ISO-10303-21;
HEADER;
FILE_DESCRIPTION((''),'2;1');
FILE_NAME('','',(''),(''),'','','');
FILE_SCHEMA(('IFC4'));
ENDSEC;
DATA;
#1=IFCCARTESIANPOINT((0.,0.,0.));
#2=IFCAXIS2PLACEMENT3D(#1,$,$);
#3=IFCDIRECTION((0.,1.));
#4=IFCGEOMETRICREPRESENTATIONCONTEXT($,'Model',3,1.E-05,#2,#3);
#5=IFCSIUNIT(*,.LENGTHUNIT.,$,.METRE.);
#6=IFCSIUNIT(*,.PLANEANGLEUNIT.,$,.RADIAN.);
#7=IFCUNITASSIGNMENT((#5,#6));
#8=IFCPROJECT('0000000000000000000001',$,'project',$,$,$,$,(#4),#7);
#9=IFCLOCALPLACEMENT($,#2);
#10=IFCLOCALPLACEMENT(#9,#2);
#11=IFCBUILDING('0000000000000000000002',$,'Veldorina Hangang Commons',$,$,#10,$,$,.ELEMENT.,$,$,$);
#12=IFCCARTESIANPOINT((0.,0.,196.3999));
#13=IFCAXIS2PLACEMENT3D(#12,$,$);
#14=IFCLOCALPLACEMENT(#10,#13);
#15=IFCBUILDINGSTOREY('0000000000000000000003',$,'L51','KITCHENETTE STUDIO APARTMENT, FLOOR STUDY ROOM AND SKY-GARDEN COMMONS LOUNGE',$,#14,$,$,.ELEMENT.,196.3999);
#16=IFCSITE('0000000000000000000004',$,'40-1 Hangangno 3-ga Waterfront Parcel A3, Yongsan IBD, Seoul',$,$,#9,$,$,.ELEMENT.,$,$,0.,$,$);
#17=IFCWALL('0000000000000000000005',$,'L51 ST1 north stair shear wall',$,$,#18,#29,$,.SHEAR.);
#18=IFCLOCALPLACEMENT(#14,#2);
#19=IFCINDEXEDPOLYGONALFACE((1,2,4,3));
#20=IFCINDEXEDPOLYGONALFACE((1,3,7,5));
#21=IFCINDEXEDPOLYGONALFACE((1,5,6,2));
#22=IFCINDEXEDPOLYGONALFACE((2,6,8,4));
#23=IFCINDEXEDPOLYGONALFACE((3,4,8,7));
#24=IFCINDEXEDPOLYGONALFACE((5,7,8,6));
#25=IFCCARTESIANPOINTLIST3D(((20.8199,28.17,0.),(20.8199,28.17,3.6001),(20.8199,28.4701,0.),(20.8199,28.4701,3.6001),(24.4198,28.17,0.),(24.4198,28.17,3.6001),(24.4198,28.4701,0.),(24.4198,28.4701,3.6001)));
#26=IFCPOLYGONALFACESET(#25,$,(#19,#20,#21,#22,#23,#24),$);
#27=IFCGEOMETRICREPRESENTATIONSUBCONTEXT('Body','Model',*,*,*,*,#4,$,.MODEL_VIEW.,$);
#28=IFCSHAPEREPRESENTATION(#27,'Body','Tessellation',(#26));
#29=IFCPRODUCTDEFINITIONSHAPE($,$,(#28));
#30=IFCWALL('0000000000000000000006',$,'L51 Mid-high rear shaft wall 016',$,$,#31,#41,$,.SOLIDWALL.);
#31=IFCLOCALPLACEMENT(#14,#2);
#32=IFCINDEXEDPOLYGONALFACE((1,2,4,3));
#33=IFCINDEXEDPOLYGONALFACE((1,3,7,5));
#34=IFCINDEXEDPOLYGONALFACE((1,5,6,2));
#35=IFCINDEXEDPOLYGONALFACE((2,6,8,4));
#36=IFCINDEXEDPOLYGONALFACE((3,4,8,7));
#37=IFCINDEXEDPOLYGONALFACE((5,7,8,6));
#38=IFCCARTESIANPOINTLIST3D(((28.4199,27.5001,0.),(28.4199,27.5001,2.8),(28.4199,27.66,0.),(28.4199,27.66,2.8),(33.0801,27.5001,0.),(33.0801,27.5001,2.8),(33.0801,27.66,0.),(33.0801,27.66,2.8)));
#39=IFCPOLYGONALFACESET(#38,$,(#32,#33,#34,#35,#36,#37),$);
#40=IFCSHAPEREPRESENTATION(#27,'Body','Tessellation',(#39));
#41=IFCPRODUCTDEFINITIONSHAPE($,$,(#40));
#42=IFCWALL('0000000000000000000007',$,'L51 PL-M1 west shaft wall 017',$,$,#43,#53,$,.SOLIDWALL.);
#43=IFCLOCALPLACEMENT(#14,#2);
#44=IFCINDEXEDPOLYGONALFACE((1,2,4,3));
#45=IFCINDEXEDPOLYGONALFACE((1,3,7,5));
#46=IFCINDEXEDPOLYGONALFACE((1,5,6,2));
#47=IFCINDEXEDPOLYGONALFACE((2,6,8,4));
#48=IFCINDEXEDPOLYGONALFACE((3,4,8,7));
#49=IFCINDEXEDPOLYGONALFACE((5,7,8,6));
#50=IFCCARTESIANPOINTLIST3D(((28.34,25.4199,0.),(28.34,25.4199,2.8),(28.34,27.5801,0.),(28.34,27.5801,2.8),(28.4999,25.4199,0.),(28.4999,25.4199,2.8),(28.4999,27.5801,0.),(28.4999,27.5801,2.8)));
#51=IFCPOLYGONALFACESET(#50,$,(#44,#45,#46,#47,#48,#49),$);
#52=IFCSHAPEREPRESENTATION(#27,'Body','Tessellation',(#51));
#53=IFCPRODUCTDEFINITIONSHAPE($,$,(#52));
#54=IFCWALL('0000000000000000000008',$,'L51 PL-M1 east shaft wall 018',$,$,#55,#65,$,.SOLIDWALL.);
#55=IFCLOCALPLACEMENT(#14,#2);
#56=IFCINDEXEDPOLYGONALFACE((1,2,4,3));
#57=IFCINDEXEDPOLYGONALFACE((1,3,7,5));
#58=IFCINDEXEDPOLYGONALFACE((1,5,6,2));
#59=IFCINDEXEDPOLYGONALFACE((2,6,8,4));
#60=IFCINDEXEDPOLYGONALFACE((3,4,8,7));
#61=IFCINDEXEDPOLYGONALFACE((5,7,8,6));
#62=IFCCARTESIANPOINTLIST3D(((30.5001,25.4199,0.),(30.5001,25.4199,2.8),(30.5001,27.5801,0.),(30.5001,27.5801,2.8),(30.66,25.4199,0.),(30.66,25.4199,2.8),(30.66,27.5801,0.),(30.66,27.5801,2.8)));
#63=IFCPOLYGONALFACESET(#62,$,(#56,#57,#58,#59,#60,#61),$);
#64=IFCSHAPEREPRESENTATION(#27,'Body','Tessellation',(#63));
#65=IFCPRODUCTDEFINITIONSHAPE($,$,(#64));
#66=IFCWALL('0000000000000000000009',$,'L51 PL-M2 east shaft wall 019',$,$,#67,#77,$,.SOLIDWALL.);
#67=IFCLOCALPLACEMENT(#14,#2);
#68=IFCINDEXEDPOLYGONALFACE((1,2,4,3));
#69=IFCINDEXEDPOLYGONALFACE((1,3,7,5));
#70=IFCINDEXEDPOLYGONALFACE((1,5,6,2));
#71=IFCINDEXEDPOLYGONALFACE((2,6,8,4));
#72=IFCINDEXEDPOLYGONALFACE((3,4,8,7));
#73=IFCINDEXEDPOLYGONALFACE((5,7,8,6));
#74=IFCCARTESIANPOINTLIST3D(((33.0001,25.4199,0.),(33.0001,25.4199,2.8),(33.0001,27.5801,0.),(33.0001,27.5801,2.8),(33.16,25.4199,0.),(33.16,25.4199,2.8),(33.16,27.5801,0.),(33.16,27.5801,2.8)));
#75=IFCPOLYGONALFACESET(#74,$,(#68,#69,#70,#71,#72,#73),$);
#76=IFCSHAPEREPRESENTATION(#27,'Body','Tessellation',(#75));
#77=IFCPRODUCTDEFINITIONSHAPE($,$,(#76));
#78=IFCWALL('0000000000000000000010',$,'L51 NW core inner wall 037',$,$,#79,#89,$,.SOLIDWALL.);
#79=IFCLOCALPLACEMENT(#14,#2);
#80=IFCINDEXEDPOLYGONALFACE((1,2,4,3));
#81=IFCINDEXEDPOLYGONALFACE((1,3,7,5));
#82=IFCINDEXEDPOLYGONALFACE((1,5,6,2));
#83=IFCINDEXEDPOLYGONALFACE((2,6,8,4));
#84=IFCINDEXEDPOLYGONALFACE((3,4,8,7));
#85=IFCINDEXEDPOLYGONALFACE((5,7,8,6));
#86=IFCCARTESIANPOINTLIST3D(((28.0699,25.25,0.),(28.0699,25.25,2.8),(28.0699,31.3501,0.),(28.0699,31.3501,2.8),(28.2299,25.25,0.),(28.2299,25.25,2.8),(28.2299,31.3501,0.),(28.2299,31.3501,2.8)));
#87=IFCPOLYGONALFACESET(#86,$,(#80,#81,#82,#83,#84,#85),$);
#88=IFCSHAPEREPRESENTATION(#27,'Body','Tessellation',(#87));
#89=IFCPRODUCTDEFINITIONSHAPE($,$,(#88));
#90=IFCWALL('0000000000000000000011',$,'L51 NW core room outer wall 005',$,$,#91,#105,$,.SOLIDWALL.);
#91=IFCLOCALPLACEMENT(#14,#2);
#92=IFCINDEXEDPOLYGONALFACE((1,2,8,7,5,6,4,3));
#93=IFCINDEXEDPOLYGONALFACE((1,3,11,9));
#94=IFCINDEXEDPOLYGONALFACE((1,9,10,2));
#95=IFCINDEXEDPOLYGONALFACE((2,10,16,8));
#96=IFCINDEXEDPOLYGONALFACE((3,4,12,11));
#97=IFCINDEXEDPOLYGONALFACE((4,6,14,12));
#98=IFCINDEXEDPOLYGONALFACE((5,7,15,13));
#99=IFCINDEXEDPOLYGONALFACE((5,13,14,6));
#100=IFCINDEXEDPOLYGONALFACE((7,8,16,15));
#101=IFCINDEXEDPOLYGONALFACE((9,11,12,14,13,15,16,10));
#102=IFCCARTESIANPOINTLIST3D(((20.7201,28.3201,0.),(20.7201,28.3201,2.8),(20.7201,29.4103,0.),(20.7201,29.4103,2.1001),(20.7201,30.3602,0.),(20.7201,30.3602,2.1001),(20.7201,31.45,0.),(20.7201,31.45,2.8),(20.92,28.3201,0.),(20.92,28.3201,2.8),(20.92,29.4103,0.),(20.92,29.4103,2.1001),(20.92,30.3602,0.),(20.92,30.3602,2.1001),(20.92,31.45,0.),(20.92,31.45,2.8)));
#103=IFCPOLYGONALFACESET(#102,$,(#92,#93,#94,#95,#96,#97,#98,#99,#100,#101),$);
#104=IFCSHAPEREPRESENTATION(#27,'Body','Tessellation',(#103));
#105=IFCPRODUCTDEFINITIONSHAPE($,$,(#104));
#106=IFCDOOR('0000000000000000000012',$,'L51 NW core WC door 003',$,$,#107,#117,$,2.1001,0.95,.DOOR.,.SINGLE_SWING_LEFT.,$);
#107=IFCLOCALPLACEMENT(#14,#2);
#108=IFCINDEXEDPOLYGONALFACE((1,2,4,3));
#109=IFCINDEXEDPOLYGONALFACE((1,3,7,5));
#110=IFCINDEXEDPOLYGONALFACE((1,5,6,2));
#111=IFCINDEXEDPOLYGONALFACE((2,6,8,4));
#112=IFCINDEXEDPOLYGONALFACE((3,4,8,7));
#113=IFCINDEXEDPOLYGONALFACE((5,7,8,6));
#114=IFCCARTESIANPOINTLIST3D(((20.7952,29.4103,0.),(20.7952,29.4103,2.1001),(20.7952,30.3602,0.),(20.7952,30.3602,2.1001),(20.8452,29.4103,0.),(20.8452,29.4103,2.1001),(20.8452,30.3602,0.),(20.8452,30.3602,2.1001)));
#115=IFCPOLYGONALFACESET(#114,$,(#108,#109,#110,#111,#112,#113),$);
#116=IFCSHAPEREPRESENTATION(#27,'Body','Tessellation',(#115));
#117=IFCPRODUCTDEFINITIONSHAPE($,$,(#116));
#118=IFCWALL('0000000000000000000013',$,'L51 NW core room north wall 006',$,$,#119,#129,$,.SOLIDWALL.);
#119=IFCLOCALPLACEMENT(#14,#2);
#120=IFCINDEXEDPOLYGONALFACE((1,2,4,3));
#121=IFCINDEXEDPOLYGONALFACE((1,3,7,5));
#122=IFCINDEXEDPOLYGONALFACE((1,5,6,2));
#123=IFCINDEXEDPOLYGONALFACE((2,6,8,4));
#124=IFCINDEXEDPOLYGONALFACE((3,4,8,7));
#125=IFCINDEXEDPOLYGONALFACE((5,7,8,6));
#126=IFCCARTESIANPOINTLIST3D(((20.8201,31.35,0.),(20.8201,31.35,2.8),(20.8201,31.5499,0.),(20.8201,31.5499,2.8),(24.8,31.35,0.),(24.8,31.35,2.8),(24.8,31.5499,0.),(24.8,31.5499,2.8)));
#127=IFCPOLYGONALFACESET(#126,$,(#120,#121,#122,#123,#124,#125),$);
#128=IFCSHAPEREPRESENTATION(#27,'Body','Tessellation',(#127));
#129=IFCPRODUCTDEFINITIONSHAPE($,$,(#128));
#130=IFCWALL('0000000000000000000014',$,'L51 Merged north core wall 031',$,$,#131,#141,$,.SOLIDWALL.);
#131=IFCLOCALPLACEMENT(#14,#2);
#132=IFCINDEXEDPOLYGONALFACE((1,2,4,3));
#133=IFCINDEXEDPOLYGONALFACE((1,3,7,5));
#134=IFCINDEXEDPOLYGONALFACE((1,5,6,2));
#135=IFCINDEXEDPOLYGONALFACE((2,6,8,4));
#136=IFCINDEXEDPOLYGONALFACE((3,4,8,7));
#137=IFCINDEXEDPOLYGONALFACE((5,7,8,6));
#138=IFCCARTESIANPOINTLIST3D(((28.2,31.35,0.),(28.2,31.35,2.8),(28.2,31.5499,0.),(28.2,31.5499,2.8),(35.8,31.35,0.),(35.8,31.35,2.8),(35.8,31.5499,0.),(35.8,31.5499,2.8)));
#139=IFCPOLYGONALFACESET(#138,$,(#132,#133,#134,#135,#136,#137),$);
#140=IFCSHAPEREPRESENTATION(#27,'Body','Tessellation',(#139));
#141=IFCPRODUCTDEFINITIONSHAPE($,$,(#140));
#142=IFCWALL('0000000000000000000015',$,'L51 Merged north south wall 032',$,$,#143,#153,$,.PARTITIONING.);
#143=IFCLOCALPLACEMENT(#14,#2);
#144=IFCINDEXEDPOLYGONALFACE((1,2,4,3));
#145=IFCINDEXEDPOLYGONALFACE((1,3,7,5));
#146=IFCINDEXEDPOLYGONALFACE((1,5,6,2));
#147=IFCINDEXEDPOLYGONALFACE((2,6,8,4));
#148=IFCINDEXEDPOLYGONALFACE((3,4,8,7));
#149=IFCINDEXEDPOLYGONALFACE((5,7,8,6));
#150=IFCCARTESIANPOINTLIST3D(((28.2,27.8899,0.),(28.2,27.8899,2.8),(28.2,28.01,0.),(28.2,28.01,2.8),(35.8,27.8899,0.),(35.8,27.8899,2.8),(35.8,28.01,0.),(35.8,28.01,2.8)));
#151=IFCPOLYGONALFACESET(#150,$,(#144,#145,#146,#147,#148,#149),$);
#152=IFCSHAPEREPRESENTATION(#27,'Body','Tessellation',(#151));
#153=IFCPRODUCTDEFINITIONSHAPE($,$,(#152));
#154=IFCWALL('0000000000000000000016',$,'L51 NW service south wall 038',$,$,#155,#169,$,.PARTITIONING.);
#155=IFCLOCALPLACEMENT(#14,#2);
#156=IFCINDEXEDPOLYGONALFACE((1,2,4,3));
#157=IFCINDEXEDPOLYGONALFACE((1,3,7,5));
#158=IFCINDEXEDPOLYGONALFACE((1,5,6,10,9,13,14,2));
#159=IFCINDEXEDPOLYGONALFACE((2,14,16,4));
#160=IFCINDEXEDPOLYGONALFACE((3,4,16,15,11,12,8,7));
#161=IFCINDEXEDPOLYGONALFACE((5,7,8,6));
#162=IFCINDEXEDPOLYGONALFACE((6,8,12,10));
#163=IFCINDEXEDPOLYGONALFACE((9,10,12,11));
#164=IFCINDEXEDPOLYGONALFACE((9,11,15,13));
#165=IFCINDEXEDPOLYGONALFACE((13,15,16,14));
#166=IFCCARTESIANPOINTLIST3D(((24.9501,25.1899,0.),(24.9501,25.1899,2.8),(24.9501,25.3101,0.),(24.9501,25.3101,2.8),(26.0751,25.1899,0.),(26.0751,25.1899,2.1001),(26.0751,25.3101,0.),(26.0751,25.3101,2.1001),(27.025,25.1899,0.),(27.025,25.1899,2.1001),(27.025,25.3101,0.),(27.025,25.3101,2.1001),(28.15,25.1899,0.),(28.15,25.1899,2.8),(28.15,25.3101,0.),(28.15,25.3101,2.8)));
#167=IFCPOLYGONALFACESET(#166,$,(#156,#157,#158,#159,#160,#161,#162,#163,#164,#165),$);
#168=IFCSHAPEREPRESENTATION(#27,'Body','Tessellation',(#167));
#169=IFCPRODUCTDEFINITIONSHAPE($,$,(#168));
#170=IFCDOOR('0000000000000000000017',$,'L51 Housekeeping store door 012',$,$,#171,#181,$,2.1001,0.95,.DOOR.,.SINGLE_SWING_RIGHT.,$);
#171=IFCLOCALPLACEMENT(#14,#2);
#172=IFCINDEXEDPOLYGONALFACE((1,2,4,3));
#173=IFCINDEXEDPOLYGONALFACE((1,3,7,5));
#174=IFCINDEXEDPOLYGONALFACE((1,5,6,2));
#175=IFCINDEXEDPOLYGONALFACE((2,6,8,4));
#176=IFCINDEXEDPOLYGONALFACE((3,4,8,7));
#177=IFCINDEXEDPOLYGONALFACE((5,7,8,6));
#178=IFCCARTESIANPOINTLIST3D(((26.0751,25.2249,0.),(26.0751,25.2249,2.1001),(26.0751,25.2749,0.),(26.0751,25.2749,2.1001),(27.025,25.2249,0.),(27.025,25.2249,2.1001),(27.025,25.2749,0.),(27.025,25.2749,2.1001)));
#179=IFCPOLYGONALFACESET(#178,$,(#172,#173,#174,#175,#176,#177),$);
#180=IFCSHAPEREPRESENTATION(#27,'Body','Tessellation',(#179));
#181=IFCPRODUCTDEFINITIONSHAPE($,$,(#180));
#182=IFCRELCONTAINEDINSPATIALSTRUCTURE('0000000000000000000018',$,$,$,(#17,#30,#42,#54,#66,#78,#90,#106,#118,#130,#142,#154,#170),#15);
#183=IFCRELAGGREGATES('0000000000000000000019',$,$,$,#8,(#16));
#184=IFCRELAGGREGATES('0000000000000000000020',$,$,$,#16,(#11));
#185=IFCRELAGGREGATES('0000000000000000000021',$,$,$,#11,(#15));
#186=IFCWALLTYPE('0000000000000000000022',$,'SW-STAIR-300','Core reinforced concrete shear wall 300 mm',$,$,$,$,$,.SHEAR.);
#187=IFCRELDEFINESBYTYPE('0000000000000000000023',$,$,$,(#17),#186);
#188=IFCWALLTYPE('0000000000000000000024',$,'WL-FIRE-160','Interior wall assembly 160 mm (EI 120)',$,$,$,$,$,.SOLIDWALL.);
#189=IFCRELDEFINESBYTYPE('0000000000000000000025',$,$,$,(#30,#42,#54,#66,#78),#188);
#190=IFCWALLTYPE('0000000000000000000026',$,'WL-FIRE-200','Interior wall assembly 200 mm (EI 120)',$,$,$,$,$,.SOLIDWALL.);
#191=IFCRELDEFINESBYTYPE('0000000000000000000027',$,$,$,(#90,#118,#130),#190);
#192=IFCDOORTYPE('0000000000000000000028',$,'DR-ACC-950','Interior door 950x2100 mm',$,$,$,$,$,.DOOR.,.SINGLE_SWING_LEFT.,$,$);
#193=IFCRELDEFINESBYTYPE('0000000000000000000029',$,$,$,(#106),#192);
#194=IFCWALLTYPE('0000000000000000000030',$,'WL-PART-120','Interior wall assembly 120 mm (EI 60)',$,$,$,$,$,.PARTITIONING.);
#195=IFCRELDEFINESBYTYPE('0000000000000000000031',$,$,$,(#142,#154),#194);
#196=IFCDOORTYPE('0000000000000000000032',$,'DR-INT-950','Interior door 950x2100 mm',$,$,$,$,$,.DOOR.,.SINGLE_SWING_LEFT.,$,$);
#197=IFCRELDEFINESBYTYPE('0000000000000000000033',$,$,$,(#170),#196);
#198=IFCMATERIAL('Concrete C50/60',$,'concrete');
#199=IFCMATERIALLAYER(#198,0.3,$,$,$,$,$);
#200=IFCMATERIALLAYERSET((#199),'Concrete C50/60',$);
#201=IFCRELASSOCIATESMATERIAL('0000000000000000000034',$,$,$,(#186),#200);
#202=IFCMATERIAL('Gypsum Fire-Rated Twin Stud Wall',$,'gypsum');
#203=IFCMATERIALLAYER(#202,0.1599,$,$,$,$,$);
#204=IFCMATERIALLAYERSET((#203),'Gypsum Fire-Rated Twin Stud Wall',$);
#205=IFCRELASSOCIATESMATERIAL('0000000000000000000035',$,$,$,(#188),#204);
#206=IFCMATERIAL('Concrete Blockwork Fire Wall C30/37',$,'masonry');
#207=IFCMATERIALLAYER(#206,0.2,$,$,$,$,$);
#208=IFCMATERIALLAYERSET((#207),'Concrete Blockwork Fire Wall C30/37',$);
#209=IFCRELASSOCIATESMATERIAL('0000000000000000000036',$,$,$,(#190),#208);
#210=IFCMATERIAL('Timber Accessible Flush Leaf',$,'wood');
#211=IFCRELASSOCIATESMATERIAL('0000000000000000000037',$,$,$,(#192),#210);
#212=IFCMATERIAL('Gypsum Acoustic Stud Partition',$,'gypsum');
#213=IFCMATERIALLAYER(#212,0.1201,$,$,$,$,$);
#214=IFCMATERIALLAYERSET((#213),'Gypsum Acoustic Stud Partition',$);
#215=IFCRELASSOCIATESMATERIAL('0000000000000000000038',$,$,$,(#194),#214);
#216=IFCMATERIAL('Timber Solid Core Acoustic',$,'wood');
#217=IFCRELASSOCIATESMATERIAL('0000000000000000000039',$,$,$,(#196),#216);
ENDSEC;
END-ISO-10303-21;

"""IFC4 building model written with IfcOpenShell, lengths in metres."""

from ifc_helpers import new_model, si_unit, direction, frame, frame_2d, origin, place, context, subcontext, project, spatial, rectangle, extrude, material, layer, layer_set, type_object, element, fill, save


model = new_model("IFC4")

# Units and contexts
model_context = context("Model", 3, precision=1e-05, world=origin(), true_north=direction((0.0, 1.0)))
body_context = subcontext(model_context, "Body", "Model", "MODEL_VIEW")
ifc_project = project(units=[si_unit("LENGTHUNIT", "METRE"), si_unit("PLANEANGLEUNIT", "RADIAN")], contexts=[model_context])

# Site, building, storey
site_placement = place(None, origin())
site = spatial("IfcSite", under=ifc_project, at=site_placement, Name="40-1 Hangangno 3-ga Waterfront Parcel A3, Yongsan IBD, Seoul", CompositionType="ELEMENT", RefElevation=0.0)
building_placement = place(site_placement, origin())
building = spatial("IfcBuilding", under=site, at=building_placement, Name="Veldorina Hangang Commons", CompositionType="ELEMENT")
storey_placement = place(building_placement, frame((0.0, 0.0, 196.3999)))
storey = spatial("IfcBuildingStorey", under=building, at=storey_placement, Name="L51", Description="KITCHENETTE STUDIO APARTMENT, FLOOR STUDY ROOM AND SKY-GARDEN COMMONS LOUNGE", CompositionType="ELEMENT", Elevation=196.3999)

# Wall
ifc_material_1 = material(Name="Concrete C50/60", Category="concrete")
ifc_layer_1 = layer(ifc_material_1, 0.3)
ifc_layer_set_1 = layer_set([ifc_layer_1], Name="Concrete C50/60")
wall_type_1 = type_object("IfcWallType", Name="SW-STAIR-300", Description="Core reinforced concrete shear wall 300 mm", PredefinedType="SHEAR", material=ifc_layer_set_1)
wall_1_placement = place(storey_placement, frame((20.8201, 28.3201, 0.0), z_axis=(0.0, 0.0, 1.0), x_axis=(1.0, 0.0, 0.0)))
element("IfcWall", 1, at=wall_1_placement, inside=storey, type_object=wall_type_1, Name="L51 ST1 north stair shear wall", PredefinedType="SHEAR", context=body_context, shape_type="SweptSolid", body=[
    extrude(rectangle(XDim=3.5999, YDim=0.3, at=frame_2d((1.7998, 0.0))), origin(), (0.0, 0.0, 1.0), 3.6001),
])

# Shared definitions
ifc_material_2 = material(Name="Gypsum Fire-Rated Twin Stud Wall", Category="gypsum")
ifc_layer_2 = layer(ifc_material_2, 0.1599)
ifc_layer_set_2 = layer_set([ifc_layer_2], Name="Gypsum Fire-Rated Twin Stud Wall")
wall_type_2 = type_object("IfcWallType", Name="WL-FIRE-160", Description="Interior wall assembly 160 mm (EI 120)", PredefinedType="SOLIDWALL", material=ifc_layer_set_2)

# Walls
wall_2_placement = place(storey_placement, frame((28.4199, 27.5801, 0.0), z_axis=(0.0, 0.0, 1.0), x_axis=(1.0, 0.0, 0.0)))
element("IfcWall", 2, at=wall_2_placement, inside=storey, type_object=wall_type_2, Name="L51 Mid-high rear shaft wall 016", PredefinedType="SOLIDWALL", context=body_context, shape_type="SweptSolid", body=[
    extrude(rectangle(XDim=4.6602, YDim=0.1599, at=frame_2d((2.3301, 0.0))), origin(), (0.0, 0.0, 1.0), 2.8),
])
for number, where, z_axis, x_axis, name in (
    (3, (28.4199, 25.4199, 0.0), (0.0, 0.0, 1.0), (0.0, 1.0, 0.0), "L51 PL-M1 west shaft wall 017"),
    (4, (30.5801, 25.4199, 0.0), (0.0, 0.0, 1.0), (0.0, 1.0, 0.0), "L51 PL-M1 east shaft wall 018"),
    (5, (33.0801, 25.4199, 0.0), (0.0, 0.0, 1.0), (0.0, 1.0, 0.0), "L51 PL-M2 east shaft wall 019"),
):
    element("IfcWall", number, at=place(storey_placement, frame(where, z_axis=z_axis, x_axis=x_axis)), inside=storey, type_object=wall_type_2, Name=name, PredefinedType="SOLIDWALL", context=body_context, shape_type="SweptSolid", body=[
        extrude(rectangle(XDim=2.1602, YDim=0.1599, at=frame_2d((1.0801, 0.0))), origin(), (0.0, 0.0, 1.0), 2.8),
    ])
wall_3_placement = place(storey_placement, frame((28.1499, 25.25, 0.0), z_axis=(0.0, 0.0, 1.0), x_axis=(0.0, 1.0, 0.0)))
element("IfcWall", 6, at=wall_3_placement, inside=storey, type_object=wall_type_2, Name="L51 NW core inner wall 037", PredefinedType="SOLIDWALL", context=body_context, shape_type="SweptSolid", body=[
    extrude(rectangle(XDim=6.1001, YDim=0.1599, at=frame_2d((3.05, 0.0))), origin(), (0.0, 0.0, 1.0), 2.8),
])

# Wall, opening, door
ifc_material_3 = material(Name="Concrete Blockwork Fire Wall C30/37", Category="masonry")
ifc_layer_3 = layer(ifc_material_3, 0.2)
ifc_layer_set_3 = layer_set([ifc_layer_3], Name="Concrete Blockwork Fire Wall C30/37")
wall_type_3 = type_object("IfcWallType", Name="WL-FIRE-200", Description="Interior wall assembly 200 mm (EI 120)", PredefinedType="SOLIDWALL", material=ifc_layer_set_3)
wall_4_placement = place(storey_placement, frame((20.8201, 28.3201, 0.0), z_axis=(0.0, 0.0, 1.0), x_axis=(0.0, 1.0, 0.0)))
wall_4 = element("IfcWall", 7, at=wall_4_placement, inside=storey, type_object=wall_type_3, Name="L51 NW core room outer wall 005", PredefinedType="SOLIDWALL", context=body_context, shape_type="SweptSolid", body=[
    extrude(rectangle(XDim=3.1299, YDim=0.2, at=frame_2d((1.5649, 0.0))), origin(), (0.0, 0.0, 1.0), 2.8),
])
opening_1_placement = place(wall_4_placement, frame((1.0901, 0.0, 0.0)))
opening_1 = element("IfcOpeningElement", 8, at=opening_1_placement, cuts=wall_4, PredefinedType="OPENING", context=body_context, shape_type="SweptSolid", body=[
    extrude(rectangle(XDim=0.95, YDim=2.1001, at=frame_2d((0.4751, 1.05))), frame((0.0, 0.1099, 0.0), z_axis=(0.0, -1.0, 0.0), x_axis=(1.0, 0.0, 0.0)), (0.0, 0.0, 1.0), 0.22),
])
ifc_material_4 = material(Name="Timber Accessible Flush Leaf", Category="wood")
door_type_1 = type_object("IfcDoorType", Name="DR-ACC-950", Description="Interior door 950x2100 mm", OperationType="SINGLE_SWING_LEFT", PredefinedType="DOOR", material=ifc_material_4)
door_1_placement = place(opening_1_placement, origin())
door_1 = element("IfcDoor", 9, at=door_1_placement, inside=storey, type_object=door_type_1, Name="L51 NW core WC door 003", OperationType="SINGLE_SWING_LEFT", OverallHeight=2.1001, OverallWidth=0.95, PredefinedType="DOOR", context=body_context, shape_type="SweptSolid", body=[
    extrude(rectangle(XDim=0.95, YDim=2.1001, at=frame_2d((0.4751, 1.05))), frame((0.0, 0.0249, 0.0), z_axis=(0.0, -1.0, 0.0), x_axis=(1.0, 0.0, 0.0)), (0.0, 0.0, 1.0), 0.05),
])
fill(opening_1, door_1)

# Walls
wall_5_placement = place(storey_placement, frame((20.8201, 31.45, 0.0), z_axis=(0.0, 0.0, 1.0), x_axis=(1.0, 0.0, 0.0)))
element("IfcWall", 10, at=wall_5_placement, inside=storey, type_object=wall_type_3, Name="L51 NW core room north wall 006", PredefinedType="SOLIDWALL", context=body_context, shape_type="SweptSolid", body=[
    extrude(rectangle(XDim=3.98, YDim=0.2, at=frame_2d((1.99, 0.0))), origin(), (0.0, 0.0, 1.0), 2.8),
])
wall_6_placement = place(storey_placement, frame((28.2, 31.45, 0.0), z_axis=(0.0, 0.0, 1.0), x_axis=(1.0, 0.0, 0.0)))
element("IfcWall", 11, at=wall_6_placement, inside=storey, type_object=wall_type_3, Name="L51 Merged north core wall 031", PredefinedType="SOLIDWALL", context=body_context, shape_type="SweptSolid", body=[
    extrude(rectangle(XDim=7.6001, YDim=0.2, at=frame_2d((3.8, 0.0))), origin(), (0.0, 0.0, 1.0), 2.8),
])
ifc_material_5 = material(Name="Gypsum Acoustic Stud Partition", Category="gypsum")
ifc_layer_4 = layer(ifc_material_5, 0.1201)
ifc_layer_set_4 = layer_set([ifc_layer_4], Name="Gypsum Acoustic Stud Partition")
wall_type_4 = type_object("IfcWallType", Name="WL-PART-120", Description="Interior wall assembly 120 mm (EI 60)", PredefinedType="PARTITIONING", material=ifc_layer_set_4)
wall_7_placement = place(storey_placement, frame((28.2, 27.95, 0.0), z_axis=(0.0, 0.0, 1.0), x_axis=(1.0, 0.0, 0.0)))
element("IfcWall", 12, at=wall_7_placement, inside=storey, type_object=wall_type_4, Name="L51 Merged north south wall 032", PredefinedType="PARTITIONING", context=body_context, shape_type="SweptSolid", body=[
    extrude(rectangle(XDim=7.6001, YDim=0.1201, at=frame_2d((3.8, 0.0))), origin(), (0.0, 0.0, 1.0), 2.8),
])

# Wall, opening, door
wall_8_placement = place(storey_placement, frame((24.95, 25.25, 0.0), z_axis=(0.0, 0.0, 1.0), x_axis=(1.0, 0.0, 0.0)))
wall_8 = element("IfcWall", 13, at=wall_8_placement, inside=storey, type_object=wall_type_4, Name="L51 NW service south wall 038", PredefinedType="PARTITIONING", context=body_context, shape_type="SweptSolid", body=[
    extrude(rectangle(XDim=3.2, YDim=0.1201, at=frame_2d((1.6001, 0.0))), origin(), (0.0, 0.0, 1.0), 2.8),
])
opening_2_placement = place(wall_8_placement, frame((1.125, 0.0, 0.0)))
opening_2 = element("IfcOpeningElement", 14, at=opening_2_placement, cuts=wall_8, PredefinedType="OPENING", context=body_context, shape_type="SweptSolid", body=[
    extrude(rectangle(XDim=0.95, YDim=2.1001, at=frame_2d((0.4751, 1.05))), frame((0.0, 0.0701, 0.0), z_axis=(0.0, -1.0, 0.0), x_axis=(1.0, 0.0, 0.0)), (0.0, 0.0, 1.0), 0.1401),
])
ifc_material_6 = material(Name="Timber Solid Core Acoustic", Category="wood")
door_type_2 = type_object("IfcDoorType", Name="DR-INT-950", Description="Interior door 950x2100 mm", OperationType="SINGLE_SWING_LEFT", PredefinedType="DOOR", material=ifc_material_6)
door_2_placement = place(opening_2_placement, origin())
door_2 = element("IfcDoor", 15, at=door_2_placement, inside=storey, type_object=door_type_2, Name="L51 Housekeeping store door 012", OperationType="SINGLE_SWING_RIGHT", OverallHeight=2.1001, OverallWidth=0.95, PredefinedType="DOOR", context=body_context, shape_type="SweptSolid", body=[
    extrude(rectangle(XDim=0.95, YDim=2.1001, at=frame_2d((0.4751, 1.05))), frame((0.0, 0.0249, 0.0), z_axis=(0.0, -1.0, 0.0), x_axis=(1.0, 0.0, 0.0)), (0.0, 0.0, 1.0), 0.05),
])
fill(opening_2, door_2)

save(model, "model.ifc")
